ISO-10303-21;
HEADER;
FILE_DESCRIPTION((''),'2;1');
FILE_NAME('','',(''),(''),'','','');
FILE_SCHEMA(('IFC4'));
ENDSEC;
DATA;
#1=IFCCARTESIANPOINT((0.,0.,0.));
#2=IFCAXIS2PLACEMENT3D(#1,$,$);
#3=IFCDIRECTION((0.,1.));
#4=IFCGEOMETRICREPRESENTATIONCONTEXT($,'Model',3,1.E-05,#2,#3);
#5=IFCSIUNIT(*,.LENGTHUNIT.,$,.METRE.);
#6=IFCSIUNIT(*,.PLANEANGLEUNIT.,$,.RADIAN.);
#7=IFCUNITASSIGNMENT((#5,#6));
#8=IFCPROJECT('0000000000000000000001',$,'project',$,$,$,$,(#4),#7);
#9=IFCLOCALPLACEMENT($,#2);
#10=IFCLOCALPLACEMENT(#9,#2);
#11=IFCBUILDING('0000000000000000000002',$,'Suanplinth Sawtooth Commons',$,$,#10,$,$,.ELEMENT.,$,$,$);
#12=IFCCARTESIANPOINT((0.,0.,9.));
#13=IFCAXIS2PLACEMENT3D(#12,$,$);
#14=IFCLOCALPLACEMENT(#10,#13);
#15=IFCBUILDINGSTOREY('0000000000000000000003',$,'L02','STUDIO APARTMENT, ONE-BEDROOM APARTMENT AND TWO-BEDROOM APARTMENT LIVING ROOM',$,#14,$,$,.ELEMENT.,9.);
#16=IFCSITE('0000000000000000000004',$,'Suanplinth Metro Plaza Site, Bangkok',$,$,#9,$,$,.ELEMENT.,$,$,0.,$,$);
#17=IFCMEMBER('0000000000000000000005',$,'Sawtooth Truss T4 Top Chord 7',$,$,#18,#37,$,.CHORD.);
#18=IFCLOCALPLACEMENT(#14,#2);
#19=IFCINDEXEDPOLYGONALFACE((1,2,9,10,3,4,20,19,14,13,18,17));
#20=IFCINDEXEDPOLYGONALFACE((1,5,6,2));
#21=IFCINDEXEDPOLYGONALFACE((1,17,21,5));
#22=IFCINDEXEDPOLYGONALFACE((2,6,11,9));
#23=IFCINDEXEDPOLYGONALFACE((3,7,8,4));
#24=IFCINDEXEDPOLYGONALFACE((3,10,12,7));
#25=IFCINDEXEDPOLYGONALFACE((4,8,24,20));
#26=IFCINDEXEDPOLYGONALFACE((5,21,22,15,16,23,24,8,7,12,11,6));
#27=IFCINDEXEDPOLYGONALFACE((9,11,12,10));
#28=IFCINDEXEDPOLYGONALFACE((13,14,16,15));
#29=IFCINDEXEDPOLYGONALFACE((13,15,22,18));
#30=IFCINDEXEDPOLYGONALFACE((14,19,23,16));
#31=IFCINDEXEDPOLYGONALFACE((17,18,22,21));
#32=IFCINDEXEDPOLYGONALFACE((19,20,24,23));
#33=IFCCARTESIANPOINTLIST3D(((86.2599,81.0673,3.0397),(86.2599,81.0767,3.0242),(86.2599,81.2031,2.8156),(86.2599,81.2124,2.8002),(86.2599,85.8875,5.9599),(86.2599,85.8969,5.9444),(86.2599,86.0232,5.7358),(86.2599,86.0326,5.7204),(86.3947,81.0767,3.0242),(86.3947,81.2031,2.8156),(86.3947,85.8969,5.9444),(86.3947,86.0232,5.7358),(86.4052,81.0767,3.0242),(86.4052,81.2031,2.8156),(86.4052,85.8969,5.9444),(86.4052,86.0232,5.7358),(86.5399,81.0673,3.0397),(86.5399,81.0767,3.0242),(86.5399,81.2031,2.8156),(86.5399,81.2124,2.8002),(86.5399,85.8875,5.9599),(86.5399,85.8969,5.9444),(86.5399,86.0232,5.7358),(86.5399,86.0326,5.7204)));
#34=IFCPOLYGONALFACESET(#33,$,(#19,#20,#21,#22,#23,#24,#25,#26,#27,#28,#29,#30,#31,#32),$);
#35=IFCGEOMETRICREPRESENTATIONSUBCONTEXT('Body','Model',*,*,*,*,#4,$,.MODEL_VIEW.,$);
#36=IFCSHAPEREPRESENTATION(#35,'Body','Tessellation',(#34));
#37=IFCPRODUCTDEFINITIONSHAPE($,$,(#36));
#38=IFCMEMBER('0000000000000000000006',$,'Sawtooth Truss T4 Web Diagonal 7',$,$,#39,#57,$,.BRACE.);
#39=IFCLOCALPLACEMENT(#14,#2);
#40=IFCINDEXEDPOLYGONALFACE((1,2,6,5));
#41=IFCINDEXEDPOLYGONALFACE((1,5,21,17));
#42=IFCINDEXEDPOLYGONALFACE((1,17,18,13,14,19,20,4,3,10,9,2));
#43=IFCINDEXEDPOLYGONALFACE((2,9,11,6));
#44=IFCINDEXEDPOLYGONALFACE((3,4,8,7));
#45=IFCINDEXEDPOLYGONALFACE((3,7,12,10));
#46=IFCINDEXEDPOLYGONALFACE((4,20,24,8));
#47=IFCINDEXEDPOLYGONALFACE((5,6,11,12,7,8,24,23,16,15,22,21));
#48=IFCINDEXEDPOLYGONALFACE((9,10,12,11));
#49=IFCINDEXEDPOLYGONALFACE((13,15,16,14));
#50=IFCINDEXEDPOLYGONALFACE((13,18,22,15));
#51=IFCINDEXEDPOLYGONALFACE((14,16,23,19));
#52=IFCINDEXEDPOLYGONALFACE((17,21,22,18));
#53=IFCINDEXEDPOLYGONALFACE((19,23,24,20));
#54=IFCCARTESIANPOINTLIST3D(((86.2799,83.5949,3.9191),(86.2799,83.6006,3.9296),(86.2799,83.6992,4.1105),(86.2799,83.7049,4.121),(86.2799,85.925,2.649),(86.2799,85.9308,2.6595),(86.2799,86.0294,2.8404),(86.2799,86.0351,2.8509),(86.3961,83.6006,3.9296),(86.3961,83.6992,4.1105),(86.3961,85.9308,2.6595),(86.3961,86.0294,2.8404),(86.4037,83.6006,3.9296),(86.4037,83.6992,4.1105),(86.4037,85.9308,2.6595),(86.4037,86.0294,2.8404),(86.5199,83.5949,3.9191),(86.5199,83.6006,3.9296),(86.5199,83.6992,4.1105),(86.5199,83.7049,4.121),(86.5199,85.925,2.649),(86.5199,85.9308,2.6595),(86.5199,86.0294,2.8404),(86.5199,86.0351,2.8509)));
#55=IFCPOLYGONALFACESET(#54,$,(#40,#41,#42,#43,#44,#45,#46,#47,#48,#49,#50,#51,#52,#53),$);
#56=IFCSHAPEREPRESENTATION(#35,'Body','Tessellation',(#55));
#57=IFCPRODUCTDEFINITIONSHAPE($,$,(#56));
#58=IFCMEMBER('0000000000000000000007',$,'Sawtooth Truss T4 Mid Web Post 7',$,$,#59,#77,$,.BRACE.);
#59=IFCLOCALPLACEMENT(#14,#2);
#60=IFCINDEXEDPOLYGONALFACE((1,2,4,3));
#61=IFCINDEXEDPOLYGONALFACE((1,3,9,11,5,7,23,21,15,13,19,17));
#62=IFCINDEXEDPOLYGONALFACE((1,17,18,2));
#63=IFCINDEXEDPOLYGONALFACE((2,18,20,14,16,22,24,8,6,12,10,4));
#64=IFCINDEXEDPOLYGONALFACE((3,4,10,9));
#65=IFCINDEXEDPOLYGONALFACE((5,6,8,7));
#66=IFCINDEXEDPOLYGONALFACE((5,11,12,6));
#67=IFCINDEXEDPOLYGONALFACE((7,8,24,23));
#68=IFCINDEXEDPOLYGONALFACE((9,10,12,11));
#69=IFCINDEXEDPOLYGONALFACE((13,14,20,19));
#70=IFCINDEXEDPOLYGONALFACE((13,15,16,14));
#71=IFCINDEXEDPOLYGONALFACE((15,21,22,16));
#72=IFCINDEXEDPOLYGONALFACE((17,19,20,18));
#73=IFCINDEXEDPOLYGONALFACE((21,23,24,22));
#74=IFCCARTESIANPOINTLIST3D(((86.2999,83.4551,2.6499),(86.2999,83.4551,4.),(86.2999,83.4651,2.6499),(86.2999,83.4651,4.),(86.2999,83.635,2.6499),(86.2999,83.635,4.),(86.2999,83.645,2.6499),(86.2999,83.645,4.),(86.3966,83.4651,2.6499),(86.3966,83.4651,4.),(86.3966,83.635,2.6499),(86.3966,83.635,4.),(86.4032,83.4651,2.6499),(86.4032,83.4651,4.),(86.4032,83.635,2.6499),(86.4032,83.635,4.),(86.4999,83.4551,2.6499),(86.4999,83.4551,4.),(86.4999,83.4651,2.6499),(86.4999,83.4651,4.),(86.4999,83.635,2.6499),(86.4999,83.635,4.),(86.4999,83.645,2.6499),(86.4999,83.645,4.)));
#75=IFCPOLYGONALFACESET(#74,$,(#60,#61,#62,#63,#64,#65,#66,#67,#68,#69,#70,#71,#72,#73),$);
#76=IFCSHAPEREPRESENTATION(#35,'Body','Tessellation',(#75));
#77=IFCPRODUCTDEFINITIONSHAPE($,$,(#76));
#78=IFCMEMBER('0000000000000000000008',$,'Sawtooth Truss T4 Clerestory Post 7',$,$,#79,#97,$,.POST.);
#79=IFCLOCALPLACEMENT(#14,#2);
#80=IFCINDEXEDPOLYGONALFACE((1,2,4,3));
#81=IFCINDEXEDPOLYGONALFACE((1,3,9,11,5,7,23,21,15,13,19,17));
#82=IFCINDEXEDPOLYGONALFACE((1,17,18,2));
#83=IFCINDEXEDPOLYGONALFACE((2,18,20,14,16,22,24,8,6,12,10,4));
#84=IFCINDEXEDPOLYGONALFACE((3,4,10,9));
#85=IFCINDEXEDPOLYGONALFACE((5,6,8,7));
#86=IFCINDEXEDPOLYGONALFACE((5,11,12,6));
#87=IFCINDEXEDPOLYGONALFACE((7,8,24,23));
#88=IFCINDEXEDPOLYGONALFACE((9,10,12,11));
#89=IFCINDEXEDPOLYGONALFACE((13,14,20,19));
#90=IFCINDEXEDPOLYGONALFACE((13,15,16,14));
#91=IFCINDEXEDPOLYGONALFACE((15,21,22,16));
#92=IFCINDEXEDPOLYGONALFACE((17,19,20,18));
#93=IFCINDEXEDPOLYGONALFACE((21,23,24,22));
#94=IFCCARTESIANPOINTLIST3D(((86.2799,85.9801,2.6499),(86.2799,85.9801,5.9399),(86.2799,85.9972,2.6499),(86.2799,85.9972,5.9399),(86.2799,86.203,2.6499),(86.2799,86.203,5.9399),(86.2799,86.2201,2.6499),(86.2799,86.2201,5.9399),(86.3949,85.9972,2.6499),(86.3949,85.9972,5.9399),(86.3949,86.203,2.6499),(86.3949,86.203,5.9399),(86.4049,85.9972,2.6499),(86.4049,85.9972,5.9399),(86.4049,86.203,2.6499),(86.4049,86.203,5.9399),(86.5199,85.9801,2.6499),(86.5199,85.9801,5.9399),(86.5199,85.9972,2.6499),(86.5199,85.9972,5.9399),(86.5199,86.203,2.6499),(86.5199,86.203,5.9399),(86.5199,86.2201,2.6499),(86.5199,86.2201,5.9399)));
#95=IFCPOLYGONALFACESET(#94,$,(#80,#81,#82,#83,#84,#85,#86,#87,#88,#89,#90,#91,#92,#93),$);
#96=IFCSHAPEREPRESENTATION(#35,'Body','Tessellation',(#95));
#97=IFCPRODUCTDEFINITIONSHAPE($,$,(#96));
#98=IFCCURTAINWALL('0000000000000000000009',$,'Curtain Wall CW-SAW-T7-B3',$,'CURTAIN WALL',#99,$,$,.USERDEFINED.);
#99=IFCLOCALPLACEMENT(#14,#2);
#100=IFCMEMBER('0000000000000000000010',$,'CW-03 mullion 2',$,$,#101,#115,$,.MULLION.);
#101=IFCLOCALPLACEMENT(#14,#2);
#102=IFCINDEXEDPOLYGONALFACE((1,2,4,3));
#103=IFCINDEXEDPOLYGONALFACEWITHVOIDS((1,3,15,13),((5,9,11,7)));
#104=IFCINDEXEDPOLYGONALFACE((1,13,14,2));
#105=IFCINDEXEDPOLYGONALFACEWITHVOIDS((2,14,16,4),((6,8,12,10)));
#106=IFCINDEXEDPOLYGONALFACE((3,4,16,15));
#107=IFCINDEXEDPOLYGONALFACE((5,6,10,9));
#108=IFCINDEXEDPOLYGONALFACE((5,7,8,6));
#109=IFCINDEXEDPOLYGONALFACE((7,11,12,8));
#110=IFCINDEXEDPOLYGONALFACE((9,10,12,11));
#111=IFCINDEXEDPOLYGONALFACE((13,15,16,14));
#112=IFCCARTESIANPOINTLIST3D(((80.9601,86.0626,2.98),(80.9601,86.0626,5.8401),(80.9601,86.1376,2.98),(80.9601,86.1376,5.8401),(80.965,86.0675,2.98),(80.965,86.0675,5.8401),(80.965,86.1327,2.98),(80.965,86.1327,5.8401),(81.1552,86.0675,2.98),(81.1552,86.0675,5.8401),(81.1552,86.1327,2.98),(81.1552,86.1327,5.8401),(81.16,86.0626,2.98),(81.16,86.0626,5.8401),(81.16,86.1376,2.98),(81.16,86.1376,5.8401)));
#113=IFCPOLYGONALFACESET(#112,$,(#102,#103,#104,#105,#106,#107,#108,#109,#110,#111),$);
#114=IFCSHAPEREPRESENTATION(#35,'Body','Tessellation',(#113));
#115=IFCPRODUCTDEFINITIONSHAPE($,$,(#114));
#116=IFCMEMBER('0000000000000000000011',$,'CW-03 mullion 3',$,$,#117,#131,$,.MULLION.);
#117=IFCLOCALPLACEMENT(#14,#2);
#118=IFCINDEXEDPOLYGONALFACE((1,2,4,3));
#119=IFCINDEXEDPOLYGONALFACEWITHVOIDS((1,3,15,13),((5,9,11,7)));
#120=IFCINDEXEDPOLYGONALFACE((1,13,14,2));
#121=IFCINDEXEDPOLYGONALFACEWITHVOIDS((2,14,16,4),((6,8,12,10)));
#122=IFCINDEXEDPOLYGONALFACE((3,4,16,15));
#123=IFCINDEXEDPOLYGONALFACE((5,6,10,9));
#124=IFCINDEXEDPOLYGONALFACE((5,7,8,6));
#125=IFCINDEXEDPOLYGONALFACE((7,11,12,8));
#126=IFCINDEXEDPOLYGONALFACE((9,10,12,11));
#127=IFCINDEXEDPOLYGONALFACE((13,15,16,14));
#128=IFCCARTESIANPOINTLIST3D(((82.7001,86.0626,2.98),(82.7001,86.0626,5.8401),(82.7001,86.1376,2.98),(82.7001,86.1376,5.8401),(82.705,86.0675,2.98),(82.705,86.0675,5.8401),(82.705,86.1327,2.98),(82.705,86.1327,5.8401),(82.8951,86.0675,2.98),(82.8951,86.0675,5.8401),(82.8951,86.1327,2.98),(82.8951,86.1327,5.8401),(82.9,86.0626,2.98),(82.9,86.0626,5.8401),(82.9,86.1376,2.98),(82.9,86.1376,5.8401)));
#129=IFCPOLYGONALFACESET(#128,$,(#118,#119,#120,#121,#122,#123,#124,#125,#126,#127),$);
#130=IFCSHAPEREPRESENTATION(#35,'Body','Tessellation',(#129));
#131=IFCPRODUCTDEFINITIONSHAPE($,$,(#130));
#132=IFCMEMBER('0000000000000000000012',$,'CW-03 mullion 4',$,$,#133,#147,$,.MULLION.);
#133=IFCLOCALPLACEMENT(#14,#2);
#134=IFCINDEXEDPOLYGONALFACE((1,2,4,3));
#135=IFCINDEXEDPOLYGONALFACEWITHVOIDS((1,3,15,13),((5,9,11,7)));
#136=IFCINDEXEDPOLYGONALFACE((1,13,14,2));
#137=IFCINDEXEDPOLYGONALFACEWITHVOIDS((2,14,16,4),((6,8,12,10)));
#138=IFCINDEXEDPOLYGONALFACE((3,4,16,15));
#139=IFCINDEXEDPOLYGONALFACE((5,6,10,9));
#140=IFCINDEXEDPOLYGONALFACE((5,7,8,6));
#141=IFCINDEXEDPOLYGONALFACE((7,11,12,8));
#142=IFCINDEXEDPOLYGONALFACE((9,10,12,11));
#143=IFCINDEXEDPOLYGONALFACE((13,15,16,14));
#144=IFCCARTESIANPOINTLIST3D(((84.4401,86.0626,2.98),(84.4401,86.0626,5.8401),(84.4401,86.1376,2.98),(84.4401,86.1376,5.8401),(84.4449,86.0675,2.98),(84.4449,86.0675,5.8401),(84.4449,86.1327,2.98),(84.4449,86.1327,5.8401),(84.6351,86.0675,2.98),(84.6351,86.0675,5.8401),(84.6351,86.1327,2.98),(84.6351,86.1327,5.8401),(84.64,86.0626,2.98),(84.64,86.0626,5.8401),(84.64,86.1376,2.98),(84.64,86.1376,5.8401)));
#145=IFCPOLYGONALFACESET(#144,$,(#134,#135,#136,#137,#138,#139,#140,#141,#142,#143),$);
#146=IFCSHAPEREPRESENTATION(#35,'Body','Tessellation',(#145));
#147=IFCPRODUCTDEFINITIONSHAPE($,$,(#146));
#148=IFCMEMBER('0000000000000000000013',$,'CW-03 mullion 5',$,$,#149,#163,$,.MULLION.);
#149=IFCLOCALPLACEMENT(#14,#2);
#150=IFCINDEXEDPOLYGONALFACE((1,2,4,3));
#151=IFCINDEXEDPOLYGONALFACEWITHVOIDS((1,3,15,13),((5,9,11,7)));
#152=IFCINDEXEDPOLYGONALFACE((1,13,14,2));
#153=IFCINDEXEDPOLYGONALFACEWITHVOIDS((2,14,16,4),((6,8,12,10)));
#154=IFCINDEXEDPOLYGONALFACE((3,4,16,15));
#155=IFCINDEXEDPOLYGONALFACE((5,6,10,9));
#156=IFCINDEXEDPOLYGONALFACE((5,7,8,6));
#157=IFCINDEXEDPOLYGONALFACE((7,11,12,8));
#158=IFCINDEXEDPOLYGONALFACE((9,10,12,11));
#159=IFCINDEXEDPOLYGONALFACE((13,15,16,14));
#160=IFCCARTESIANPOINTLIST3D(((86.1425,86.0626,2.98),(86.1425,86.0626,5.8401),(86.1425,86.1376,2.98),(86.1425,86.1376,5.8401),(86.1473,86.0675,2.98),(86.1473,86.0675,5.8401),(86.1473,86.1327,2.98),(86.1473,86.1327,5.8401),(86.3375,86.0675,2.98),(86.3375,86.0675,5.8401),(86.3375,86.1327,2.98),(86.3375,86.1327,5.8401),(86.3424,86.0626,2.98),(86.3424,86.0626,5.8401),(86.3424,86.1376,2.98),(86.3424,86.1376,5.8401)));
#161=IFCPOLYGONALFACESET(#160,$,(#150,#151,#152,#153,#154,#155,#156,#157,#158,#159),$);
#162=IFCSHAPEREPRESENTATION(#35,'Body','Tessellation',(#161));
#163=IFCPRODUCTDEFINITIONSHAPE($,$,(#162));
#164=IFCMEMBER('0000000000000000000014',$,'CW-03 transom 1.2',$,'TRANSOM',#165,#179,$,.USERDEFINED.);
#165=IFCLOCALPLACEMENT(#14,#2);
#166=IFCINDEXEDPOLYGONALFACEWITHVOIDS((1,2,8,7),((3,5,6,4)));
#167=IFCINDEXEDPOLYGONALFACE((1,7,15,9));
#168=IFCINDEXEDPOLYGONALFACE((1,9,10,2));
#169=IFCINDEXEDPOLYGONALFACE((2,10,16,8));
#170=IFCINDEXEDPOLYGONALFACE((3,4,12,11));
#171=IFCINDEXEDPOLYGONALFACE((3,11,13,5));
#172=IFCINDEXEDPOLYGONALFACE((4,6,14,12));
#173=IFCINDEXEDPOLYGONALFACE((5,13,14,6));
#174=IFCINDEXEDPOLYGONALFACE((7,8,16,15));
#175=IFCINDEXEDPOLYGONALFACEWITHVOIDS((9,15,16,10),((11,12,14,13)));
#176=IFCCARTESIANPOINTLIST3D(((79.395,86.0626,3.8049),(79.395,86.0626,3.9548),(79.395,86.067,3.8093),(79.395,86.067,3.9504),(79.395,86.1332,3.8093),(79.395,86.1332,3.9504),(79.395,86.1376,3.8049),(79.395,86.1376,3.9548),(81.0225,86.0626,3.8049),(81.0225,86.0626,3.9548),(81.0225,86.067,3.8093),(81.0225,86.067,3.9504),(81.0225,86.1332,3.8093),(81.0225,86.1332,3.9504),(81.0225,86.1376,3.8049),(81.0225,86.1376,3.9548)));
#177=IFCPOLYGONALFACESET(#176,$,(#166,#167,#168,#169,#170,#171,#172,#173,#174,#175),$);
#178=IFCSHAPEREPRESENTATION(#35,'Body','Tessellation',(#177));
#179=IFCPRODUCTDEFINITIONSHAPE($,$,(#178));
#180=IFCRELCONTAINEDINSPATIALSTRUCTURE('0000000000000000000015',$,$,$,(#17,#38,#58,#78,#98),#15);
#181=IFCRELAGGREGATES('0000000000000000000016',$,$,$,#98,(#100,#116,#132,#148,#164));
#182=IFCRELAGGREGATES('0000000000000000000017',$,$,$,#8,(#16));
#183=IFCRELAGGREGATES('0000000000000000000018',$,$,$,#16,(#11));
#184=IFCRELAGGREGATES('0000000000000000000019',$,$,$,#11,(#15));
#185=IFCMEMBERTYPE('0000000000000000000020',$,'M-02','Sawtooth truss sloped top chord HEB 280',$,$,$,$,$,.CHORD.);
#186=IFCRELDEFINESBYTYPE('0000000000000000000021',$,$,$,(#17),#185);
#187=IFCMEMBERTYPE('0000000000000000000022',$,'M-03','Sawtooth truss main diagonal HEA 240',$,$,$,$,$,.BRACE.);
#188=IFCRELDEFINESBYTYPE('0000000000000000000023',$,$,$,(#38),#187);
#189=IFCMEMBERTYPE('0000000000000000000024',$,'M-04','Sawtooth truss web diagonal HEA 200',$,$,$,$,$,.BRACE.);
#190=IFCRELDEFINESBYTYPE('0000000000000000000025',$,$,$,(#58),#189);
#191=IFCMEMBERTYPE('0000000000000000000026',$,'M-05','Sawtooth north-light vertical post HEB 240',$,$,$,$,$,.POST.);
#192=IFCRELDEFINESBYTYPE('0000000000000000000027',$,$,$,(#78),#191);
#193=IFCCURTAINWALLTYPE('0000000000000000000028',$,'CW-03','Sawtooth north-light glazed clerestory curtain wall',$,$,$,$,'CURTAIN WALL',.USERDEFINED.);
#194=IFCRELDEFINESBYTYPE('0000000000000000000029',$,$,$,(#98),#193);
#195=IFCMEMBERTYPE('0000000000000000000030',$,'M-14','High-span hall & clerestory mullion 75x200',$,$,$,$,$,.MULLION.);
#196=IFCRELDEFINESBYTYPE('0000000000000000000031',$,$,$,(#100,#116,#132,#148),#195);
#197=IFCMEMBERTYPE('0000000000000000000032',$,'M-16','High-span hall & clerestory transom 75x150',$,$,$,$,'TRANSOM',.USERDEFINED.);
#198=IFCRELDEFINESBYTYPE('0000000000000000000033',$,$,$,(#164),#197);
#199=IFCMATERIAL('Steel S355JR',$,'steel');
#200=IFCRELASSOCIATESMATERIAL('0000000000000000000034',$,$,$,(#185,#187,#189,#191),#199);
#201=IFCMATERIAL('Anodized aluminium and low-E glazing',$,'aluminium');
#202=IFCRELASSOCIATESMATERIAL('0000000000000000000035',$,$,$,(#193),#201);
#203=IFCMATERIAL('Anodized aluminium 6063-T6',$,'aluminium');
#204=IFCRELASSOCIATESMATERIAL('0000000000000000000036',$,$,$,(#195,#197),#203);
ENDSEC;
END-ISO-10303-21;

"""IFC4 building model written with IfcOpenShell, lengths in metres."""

from ifc_helpers import new_model, si_unit, direction, frame, origin, origin_2d, place, context, subcontext, project, spatial, hollow_rectangle, i_section, extrude, material, material_profile, profile_set, type_object, element, aggregate, save


model = new_model("IFC4")

# Units and contexts
model_context = context("Model", 3, precision=1e-05, world=origin(), true_north=direction((0.0, 1.0)))
body_context = subcontext(model_context, "Body", "Model", "MODEL_VIEW")
ifc_project = project(units=[si_unit("LENGTHUNIT", "METRE"), si_unit("PLANEANGLEUNIT", "RADIAN")], contexts=[model_context])

# Site, building, storey
site_placement = place(None, origin())
site = spatial("IfcSite", under=ifc_project, at=site_placement, Name="Suanplinth Metro Plaza Site, Bangkok", CompositionType="ELEMENT", RefElevation=0.0)
building_placement = place(site_placement, origin())
building = spatial("IfcBuilding", under=site, at=building_placement, Name="Suanplinth Sawtooth Commons", CompositionType="ELEMENT")
storey_placement = place(building_placement, frame((0.0, 0.0, 9.0)))
storey = spatial("IfcBuildingStorey", under=building, at=storey_placement, Name="L02", Description="STUDIO APARTMENT, ONE-BEDROOM APARTMENT AND TWO-BEDROOM APARTMENT LIVING ROOM", CompositionType="ELEMENT", Elevation=9.0)

# Members
ifc_material_1 = material(Name="Steel S355JR", Category="steel")
ifc_material_profile_1 = material_profile(ifc_material_1, i_section(OverallWidth=0.28, OverallDepth=0.28, WebThickness=0.0105, FlangeThickness=0.0181, at=origin_2d()), Name="HEB 280")
ifc_profile_set_1 = profile_set([ifc_material_profile_1], Name="Steel S355JR")
member_type_1 = type_object("IfcMemberType", Name="M-02", Description="Sawtooth truss sloped top chord HEB 280", PredefinedType="CHORD", material=ifc_profile_set_1)
member_1_placement = place(storey_placement, frame((86.3999, 81.1399, 2.9199), z_axis=(0.0, 0.855283, 0.518161), x_axis=(-1.0, 0.0, 0.0)))
element("IfcMember", 1, at=member_1_placement, inside=storey, type_object=member_type_1, Name="Sawtooth Truss T4 Top Chord 7", PredefinedType="CHORD", context=body_context, shape_type="SweptSolid", body=[
    extrude(i_section(OverallWidth=0.28, OverallDepth=0.28, WebThickness=0.0105, FlangeThickness=0.0181, at=origin_2d()), origin(), (0.0, 0.0, 1.0), 5.6357),
])
ifc_material_profile_2 = material_profile(ifc_material_1, i_section(OverallWidth=0.24, OverallDepth=0.23, WebThickness=0.0076, FlangeThickness=0.012, at=origin_2d()), Name="HEA 240")
ifc_profile_set_2 = profile_set([ifc_material_profile_2], Name="Steel S355JR")
member_type_2 = type_object("IfcMemberType", Name="M-03", Description="Sawtooth truss main diagonal HEA 240", PredefinedType="BRACE", material=ifc_profile_set_2)
member_2_placement = place(storey_placement, frame((86.3999, 83.6499, 4.02), z_axis=(0.0, 0.878043, -0.478581), x_axis=(-1.0, 0.0, 0.0)))
element("IfcMember", 2, at=member_2_placement, inside=storey, type_object=member_type_2, Name="Sawtooth Truss T4 Web Diagonal 7", PredefinedType="BRACE", context=body_context, shape_type="SweptSolid", body=[
    extrude(i_section(OverallWidth=0.24, OverallDepth=0.23, WebThickness=0.0076, FlangeThickness=0.012, at=origin_2d()), origin(), (0.0, 0.0, 1.0), 2.6538),
])
ifc_material_profile_3 = material_profile(ifc_material_1, i_section(OverallWidth=0.2, OverallDepth=0.1899, WebThickness=0.0066, FlangeThickness=0.01, at=origin_2d()), Name="HEA 200")
ifc_profile_set_3 = profile_set([ifc_material_profile_3], Name="Steel S355JR")
member_type_3 = type_object("IfcMemberType", Name="M-04", Description="Sawtooth truss web diagonal HEA 200", PredefinedType="BRACE", material=ifc_profile_set_3)
member_3_placement = place(storey_placement, frame((86.3999, 83.55, 2.6499), z_axis=(0.0, 0.0, 1.0), x_axis=(1.0, 0.0, 0.0)))
element("IfcMember", 3, at=member_3_placement, inside=storey, type_object=member_type_3, Name="Sawtooth Truss T4 Mid Web Post 7", PredefinedType="BRACE", context=body_context, shape_type="SweptSolid", body=[
    extrude(i_section(OverallWidth=0.2, OverallDepth=0.1899, WebThickness=0.0066, FlangeThickness=0.01, at=origin_2d()), origin(), (0.0, 0.0, 1.0), 1.3501),
])
ifc_material_profile_4 = material_profile(ifc_material_1, i_section(OverallWidth=0.24, OverallDepth=0.24, WebThickness=0.01, FlangeThickness=0.0171, at=origin_2d()), Name="HEB 240")
ifc_profile_set_4 = profile_set([ifc_material_profile_4], Name="Steel S355JR")
member_type_4 = type_object("IfcMemberType", Name="M-05", Description="Sawtooth north-light vertical post HEB 240", PredefinedType="POST", material=ifc_profile_set_4)
member_4_placement = place(storey_placement, frame((86.3999, 86.1001, 2.6499), z_axis=(0.0, 0.0, 1.0), x_axis=(1.0, 0.0, 0.0)))
element("IfcMember", 4, at=member_4_placement, inside=storey, type_object=member_type_4, Name="Sawtooth Truss T4 Clerestory Post 7", PredefinedType="POST", context=body_context, shape_type="SweptSolid", body=[
    extrude(i_section(OverallWidth=0.24, OverallDepth=0.24, WebThickness=0.01, FlangeThickness=0.0171, at=origin_2d()), origin(), (0.0, 0.0, 1.0), 3.29),
])

# Curtain wall, members
ifc_material_2 = material(Name="Anodized aluminium and low-E glazing", Category="aluminium")
curtain_wall_type = type_object("IfcCurtainWallType", Name="CW-03", Description="Sawtooth north-light glazed clerestory curtain wall", ElementType="CURTAIN WALL", PredefinedType="USERDEFINED", material=ifc_material_2)
curtain_wall_placement = place(storey_placement, origin())
curtain_wall = element("IfcCurtainWall", 5, at=curtain_wall_placement, inside=storey, type_object=curtain_wall_type, Name="Curtain Wall CW-SAW-T7-B3", ObjectType="CURTAIN WALL", PredefinedType="USERDEFINED")
ifc_material_3 = material(Name="Anodized aluminium 6063-T6", Category="aluminium")
ifc_material_profile_5 = material_profile(ifc_material_3, hollow_rectangle(XDim=0.075, YDim=0.2, WallThickness=0.0049, at=origin_2d()), Name="ALU-MUL 75x200")
ifc_profile_set_5 = profile_set([ifc_material_profile_5], Name="Anodized aluminium 6063-T6")
member_type_5 = type_object("IfcMemberType", Name="M-14", Description="High-span hall & clerestory mullion 75x200", PredefinedType="MULLION", material=ifc_profile_set_5)
member_5_placement = place(storey_placement, frame((81.0601, 86.1001, 2.98), z_axis=(0.0, 0.0, 1.0), x_axis=(0.0, 1.0, 0.0)))
member_5 = element("IfcMember", 6, at=member_5_placement, type_object=member_type_5, Name="CW-03 mullion 2", PredefinedType="MULLION", context=body_context, shape_type="SweptSolid", body=[
    extrude(hollow_rectangle(XDim=0.075, YDim=0.2, WallThickness=0.0049, at=origin_2d()), origin(), (0.0, 0.0, 1.0), 2.8601),
])
member_6_placement = place(storey_placement, frame((82.8, 86.1001, 2.98), z_axis=(0.0, 0.0, 1.0), x_axis=(0.0, 1.0, 0.0)))
member_6 = element("IfcMember", 7, at=member_6_placement, type_object=member_type_5, Name="CW-03 mullion 3", PredefinedType="MULLION", context=body_context, shape_type="SweptSolid", body=[
    extrude(hollow_rectangle(XDim=0.075, YDim=0.2, WallThickness=0.0049, at=origin_2d()), origin(), (0.0, 0.0, 1.0), 2.8601),
])
member_7_placement = place(storey_placement, frame((84.54, 86.1001, 2.98), z_axis=(0.0, 0.0, 1.0), x_axis=(0.0, 1.0, 0.0)))
member_7 = element("IfcMember", 8, at=member_7_placement, type_object=member_type_5, Name="CW-03 mullion 4", PredefinedType="MULLION", context=body_context, shape_type="SweptSolid", body=[
    extrude(hollow_rectangle(XDim=0.075, YDim=0.2, WallThickness=0.0049, at=origin_2d()), origin(), (0.0, 0.0, 1.0), 2.8601),
])
member_8_placement = place(storey_placement, frame((86.2424, 86.1001, 2.98), z_axis=(0.0, 0.0, 1.0), x_axis=(0.0, 1.0, 0.0)))
member_8 = element("IfcMember", 9, at=member_8_placement, type_object=member_type_5, Name="CW-03 mullion 5", PredefinedType="MULLION", context=body_context, shape_type="SweptSolid", body=[
    extrude(hollow_rectangle(XDim=0.075, YDim=0.2, WallThickness=0.0049, at=origin_2d()), origin(), (0.0, 0.0, 1.0), 2.8601),
])
ifc_material_profile_6 = material_profile(ifc_material_3, hollow_rectangle(XDim=0.075, YDim=0.1499, WallThickness=0.0044, at=origin_2d()), Name="ALU-TRN 75x150")
ifc_profile_set_6 = profile_set([ifc_material_profile_6], Name="Anodized aluminium 6063-T6")
member_type_6 = type_object("IfcMemberType", Name="M-16", Description="High-span hall & clerestory transom 75x150", ElementType="TRANSOM", PredefinedType="USERDEFINED", material=ifc_profile_set_6)
member_9_placement = place(storey_placement, frame((79.395, 86.1001, 3.8799), z_axis=(1.0, 0.0, 0.0), x_axis=(0.0, 1.0, 0.0)))
member_9 = element("IfcMember", 10, at=member_9_placement, type_object=member_type_6, Name="CW-03 transom 1.2", ObjectType="TRANSOM", PredefinedType="USERDEFINED", context=body_context, shape_type="SweptSolid", body=[
    extrude(hollow_rectangle(XDim=0.075, YDim=0.1499, WallThickness=0.0044, at=origin_2d()), origin(), (0.0, 0.0, 1.0), 1.6274),
])

aggregate(curtain_wall, [member_5, member_6, member_7, member_8, member_9])

save(model, "model.ifc")
